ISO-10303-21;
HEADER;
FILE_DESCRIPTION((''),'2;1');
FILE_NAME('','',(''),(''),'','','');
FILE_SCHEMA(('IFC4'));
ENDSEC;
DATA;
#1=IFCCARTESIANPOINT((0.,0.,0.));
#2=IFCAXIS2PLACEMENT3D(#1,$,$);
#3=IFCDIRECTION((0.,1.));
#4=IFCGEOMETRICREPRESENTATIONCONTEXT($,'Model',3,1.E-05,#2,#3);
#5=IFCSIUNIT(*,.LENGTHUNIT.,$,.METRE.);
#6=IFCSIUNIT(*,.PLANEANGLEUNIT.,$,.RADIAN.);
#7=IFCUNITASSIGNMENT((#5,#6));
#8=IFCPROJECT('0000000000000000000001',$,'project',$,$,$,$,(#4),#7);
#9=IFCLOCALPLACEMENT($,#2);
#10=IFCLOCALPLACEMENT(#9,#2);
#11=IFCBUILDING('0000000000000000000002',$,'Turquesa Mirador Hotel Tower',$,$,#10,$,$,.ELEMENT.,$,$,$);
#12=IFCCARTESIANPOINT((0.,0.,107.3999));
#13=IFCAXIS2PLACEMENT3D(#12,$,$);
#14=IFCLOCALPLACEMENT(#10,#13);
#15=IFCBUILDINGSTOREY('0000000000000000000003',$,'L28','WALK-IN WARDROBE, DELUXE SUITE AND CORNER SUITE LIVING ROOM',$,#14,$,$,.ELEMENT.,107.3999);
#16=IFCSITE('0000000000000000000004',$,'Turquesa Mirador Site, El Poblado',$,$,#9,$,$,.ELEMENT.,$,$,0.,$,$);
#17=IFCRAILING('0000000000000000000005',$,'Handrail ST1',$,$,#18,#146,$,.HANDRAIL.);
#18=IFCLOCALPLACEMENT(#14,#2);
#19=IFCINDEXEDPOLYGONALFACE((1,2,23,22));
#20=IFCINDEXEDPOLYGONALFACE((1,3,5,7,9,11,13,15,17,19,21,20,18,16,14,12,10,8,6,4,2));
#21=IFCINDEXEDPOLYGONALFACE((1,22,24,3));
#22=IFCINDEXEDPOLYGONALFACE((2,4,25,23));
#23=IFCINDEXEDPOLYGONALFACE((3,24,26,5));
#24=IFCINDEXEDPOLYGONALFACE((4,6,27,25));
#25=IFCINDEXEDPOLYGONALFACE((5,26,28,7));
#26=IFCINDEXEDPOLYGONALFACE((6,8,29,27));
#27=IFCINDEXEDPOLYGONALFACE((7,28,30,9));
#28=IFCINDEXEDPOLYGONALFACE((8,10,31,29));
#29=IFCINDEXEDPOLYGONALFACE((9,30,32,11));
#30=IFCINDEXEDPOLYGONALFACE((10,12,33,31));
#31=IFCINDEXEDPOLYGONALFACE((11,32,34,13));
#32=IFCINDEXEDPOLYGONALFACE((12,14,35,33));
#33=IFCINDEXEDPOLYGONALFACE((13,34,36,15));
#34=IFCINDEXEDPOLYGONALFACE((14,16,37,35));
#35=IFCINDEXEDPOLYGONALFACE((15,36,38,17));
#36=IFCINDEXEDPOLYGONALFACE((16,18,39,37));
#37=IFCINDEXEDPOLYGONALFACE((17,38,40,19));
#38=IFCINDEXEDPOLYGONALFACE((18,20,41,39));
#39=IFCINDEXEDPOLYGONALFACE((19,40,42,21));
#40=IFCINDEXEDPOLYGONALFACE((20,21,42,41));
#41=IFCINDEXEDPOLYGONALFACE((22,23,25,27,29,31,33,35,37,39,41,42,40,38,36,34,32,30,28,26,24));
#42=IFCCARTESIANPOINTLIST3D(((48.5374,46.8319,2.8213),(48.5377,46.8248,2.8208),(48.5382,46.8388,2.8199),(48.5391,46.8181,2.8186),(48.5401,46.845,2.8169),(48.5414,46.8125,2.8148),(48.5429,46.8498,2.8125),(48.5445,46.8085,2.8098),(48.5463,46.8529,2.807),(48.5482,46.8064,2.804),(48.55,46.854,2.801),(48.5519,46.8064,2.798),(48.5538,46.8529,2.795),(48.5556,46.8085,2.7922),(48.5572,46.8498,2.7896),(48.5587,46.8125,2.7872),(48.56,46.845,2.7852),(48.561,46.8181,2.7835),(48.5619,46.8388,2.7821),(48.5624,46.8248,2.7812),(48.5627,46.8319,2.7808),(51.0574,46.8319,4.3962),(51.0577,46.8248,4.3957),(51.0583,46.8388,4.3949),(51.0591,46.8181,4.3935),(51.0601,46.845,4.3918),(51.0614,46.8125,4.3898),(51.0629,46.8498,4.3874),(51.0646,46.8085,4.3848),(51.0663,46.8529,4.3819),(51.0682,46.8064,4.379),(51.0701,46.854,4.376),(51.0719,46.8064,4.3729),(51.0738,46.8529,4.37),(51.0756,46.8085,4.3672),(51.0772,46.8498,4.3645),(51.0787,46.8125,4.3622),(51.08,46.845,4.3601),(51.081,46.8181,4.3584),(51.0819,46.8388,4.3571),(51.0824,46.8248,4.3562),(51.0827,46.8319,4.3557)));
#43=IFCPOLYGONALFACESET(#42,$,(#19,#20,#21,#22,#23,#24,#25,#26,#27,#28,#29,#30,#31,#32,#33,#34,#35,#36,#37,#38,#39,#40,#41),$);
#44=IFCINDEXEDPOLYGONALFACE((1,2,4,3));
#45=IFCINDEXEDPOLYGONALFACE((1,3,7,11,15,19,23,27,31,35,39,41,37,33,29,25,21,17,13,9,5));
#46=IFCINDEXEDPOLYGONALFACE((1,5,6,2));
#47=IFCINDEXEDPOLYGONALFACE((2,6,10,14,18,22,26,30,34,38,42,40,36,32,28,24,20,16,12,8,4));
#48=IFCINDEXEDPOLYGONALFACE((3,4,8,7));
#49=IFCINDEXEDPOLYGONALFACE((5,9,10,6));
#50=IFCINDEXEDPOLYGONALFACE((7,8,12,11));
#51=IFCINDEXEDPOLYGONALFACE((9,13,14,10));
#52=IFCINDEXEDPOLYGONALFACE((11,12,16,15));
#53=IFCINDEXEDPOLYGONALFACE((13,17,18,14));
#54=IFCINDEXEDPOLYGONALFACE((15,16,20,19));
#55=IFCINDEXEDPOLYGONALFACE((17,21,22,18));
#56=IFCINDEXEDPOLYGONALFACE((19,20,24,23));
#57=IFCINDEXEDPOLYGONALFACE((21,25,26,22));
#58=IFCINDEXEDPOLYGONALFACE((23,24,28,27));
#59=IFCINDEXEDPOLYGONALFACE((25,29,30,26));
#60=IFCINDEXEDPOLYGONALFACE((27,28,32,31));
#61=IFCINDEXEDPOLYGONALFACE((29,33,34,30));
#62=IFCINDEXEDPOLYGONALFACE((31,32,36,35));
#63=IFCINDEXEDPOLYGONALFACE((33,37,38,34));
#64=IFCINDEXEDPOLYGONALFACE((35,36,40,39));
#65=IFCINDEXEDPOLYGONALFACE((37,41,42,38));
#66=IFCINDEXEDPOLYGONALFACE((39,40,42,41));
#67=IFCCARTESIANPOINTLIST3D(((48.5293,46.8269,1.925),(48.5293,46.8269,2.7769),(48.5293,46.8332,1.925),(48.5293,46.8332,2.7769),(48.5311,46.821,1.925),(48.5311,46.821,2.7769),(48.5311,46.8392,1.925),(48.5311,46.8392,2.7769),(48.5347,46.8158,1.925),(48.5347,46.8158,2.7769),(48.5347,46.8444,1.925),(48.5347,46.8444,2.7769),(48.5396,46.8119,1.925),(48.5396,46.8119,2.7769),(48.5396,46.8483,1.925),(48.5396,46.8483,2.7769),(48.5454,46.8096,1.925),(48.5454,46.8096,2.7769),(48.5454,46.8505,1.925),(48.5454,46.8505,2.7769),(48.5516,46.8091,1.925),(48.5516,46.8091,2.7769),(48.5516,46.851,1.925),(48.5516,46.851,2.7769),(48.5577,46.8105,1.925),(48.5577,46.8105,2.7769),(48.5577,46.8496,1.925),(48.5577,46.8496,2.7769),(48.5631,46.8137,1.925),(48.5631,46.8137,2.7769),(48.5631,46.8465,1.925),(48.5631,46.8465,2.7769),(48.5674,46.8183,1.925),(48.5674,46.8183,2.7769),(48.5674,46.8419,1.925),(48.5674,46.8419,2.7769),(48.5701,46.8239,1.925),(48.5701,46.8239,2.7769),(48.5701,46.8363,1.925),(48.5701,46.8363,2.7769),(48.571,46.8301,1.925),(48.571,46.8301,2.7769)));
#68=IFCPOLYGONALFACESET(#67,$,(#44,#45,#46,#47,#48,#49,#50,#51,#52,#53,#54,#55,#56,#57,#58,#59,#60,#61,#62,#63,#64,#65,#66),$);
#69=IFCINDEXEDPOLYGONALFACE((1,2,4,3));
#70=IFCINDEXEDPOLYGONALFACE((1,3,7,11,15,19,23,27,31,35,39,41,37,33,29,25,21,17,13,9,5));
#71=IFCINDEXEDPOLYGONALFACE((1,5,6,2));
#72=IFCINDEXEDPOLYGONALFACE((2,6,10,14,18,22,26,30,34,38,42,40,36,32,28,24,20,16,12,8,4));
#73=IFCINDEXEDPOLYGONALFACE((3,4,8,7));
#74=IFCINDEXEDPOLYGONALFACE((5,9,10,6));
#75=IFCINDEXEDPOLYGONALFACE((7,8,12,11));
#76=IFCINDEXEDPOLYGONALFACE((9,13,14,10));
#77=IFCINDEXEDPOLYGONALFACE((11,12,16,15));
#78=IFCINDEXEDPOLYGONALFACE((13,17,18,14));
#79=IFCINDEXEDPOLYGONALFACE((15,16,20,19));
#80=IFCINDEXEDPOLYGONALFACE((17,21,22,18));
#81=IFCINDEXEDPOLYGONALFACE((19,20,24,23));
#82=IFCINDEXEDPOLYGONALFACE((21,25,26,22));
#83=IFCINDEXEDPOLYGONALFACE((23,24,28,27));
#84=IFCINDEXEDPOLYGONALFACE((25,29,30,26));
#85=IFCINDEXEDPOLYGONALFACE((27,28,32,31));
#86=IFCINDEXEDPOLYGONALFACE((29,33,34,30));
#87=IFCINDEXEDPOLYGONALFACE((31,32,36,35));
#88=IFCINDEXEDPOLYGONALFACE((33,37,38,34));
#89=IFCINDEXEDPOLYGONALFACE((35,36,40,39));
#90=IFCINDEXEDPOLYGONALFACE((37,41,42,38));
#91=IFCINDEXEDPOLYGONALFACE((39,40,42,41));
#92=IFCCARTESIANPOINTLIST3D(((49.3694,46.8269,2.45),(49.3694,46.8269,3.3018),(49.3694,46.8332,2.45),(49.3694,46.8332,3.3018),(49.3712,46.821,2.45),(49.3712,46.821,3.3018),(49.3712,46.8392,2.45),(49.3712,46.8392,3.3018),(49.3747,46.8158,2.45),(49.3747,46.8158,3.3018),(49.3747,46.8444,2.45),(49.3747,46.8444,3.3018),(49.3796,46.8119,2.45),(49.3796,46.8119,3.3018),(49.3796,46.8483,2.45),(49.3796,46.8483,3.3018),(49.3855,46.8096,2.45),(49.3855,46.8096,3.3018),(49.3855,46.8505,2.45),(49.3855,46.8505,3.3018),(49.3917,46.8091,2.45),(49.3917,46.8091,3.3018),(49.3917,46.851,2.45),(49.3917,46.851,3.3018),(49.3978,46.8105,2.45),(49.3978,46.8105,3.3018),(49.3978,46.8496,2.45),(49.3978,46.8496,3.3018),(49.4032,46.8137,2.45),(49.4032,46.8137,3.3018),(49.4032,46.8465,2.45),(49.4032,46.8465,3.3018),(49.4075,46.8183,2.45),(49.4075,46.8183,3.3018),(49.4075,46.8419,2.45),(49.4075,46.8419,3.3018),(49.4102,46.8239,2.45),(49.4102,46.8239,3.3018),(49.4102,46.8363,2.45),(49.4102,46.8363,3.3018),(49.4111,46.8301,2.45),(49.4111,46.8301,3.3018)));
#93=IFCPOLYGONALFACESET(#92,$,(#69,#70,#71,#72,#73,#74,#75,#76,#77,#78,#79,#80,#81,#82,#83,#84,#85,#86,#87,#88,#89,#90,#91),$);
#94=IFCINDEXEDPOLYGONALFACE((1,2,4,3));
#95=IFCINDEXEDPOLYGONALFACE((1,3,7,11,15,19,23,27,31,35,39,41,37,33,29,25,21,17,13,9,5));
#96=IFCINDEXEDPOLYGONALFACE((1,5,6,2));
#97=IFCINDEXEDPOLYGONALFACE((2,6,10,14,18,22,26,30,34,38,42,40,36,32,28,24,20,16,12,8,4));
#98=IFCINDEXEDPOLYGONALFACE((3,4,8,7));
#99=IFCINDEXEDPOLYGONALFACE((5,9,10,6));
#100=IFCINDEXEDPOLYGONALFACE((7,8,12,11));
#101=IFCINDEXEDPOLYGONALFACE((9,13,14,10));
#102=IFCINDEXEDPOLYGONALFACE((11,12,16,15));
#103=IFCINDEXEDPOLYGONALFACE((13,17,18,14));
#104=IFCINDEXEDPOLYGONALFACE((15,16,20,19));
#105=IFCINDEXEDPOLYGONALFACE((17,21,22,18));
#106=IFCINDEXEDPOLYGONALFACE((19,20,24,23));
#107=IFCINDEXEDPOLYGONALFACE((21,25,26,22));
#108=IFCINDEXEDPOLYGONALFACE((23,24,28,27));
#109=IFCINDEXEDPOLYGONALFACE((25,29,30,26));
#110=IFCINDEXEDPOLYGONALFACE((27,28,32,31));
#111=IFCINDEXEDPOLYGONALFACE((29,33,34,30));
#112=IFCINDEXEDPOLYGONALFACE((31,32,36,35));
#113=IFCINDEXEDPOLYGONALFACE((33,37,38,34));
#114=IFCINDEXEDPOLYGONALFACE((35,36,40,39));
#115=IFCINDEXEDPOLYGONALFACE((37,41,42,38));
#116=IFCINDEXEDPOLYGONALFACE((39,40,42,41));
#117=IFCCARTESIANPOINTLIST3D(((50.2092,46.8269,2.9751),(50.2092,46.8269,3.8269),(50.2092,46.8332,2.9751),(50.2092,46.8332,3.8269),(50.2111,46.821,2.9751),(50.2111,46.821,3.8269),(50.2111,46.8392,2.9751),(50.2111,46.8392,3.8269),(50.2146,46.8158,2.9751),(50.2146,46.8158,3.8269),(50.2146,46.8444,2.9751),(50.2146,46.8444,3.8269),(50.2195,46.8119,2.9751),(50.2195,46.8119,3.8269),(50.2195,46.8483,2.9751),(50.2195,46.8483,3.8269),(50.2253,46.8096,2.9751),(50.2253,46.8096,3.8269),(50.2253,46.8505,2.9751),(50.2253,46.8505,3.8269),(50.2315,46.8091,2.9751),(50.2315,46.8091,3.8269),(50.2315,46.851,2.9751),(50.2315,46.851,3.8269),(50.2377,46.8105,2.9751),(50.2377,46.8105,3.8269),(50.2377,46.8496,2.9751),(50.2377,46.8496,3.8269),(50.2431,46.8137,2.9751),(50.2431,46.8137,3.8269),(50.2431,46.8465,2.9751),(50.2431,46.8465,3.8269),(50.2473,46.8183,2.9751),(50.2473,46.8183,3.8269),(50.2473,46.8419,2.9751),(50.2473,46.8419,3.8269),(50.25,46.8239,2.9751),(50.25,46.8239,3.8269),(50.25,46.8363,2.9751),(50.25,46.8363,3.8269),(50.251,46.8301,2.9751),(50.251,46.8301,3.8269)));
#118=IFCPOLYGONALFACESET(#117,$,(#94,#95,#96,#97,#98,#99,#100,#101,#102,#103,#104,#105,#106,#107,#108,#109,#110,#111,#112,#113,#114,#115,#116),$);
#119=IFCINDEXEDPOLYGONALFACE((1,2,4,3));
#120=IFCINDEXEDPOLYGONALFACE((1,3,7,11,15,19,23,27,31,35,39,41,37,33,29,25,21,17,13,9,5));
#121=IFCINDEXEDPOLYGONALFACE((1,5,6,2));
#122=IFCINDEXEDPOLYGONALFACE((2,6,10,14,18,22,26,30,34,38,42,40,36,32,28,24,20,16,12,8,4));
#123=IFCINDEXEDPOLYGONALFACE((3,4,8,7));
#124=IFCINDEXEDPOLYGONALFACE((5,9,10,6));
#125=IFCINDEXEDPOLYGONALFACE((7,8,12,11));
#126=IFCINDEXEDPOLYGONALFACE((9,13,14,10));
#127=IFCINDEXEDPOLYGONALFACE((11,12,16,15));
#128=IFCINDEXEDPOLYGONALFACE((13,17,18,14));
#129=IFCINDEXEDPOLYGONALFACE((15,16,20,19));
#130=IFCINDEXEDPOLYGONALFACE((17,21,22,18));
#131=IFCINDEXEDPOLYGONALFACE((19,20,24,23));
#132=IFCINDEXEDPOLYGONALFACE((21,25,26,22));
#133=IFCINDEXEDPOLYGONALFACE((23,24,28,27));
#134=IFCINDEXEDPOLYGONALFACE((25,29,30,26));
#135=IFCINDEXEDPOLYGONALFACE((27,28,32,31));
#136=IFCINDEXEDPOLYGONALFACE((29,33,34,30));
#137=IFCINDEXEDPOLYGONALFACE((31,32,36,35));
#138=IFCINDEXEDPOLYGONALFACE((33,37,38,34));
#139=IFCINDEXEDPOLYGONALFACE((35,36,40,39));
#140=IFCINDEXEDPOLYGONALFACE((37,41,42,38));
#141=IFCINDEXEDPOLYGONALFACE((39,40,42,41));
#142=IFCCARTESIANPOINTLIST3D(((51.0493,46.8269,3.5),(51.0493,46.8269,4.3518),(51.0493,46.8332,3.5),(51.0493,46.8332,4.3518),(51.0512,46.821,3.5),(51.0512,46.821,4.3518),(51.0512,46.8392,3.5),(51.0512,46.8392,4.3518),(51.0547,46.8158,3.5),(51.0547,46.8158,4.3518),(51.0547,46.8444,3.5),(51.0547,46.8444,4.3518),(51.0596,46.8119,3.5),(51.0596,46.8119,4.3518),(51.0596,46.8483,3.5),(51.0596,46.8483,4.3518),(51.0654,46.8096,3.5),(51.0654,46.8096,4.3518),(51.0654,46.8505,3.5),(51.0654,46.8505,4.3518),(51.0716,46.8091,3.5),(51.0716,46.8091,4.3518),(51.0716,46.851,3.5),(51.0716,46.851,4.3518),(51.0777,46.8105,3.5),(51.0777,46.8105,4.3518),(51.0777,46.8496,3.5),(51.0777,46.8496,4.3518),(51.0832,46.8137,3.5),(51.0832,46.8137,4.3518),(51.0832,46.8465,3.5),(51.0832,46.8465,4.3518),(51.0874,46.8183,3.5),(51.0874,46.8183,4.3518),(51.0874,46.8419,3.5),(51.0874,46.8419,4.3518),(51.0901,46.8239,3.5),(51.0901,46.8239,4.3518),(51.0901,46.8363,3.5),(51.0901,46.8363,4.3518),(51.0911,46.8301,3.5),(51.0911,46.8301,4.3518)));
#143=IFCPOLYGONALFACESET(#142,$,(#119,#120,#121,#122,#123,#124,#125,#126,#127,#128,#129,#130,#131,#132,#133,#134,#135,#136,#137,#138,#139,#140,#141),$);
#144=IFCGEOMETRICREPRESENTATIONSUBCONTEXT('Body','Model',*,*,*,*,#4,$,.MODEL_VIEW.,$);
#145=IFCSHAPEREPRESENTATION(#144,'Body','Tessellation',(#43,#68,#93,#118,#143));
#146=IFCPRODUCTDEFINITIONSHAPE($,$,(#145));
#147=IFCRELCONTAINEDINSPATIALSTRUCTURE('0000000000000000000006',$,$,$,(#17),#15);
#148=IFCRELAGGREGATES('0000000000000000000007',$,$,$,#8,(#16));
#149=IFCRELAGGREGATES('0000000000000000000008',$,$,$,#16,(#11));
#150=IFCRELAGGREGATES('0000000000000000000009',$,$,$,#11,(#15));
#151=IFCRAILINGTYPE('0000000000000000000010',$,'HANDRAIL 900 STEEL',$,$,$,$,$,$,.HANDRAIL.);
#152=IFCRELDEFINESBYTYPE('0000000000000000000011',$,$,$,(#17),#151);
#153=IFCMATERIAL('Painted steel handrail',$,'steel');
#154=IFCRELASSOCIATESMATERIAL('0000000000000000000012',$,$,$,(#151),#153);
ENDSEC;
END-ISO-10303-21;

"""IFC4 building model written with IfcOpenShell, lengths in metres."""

from ifc_helpers import new_model, si_unit, direction, frame, origin, origin_2d, place, context, subcontext, project, spatial, circle, extrude, material, type_object, element, save


model = new_model("IFC4")

# Units and contexts
model_context = context("Model", 3, precision=1e-05, world=origin(), true_north=direction((0.0, 1.0)))
body_context = subcontext(model_context, "Body", "Model", "MODEL_VIEW")
ifc_project = project(units=[si_unit("LENGTHUNIT", "METRE"), si_unit("PLANEANGLEUNIT", "RADIAN")], contexts=[model_context])

# Site, building, storey
site_placement = place(None, origin())
site = spatial("IfcSite", under=ifc_project, at=site_placement, Name="Turquesa Mirador Site, El Poblado", CompositionType="ELEMENT", RefElevation=0.0)
building_placement = place(site_placement, origin())
building = spatial("IfcBuilding", under=site, at=building_placement, Name="Turquesa Mirador Hotel Tower", CompositionType="ELEMENT")
storey_placement = place(building_placement, frame((0.0, 0.0, 107.3999)))
storey = spatial("IfcBuildingStorey", under=building, at=storey_placement, Name="L28", Description="WALK-IN WARDROBE, DELUXE SUITE AND CORNER SUITE LIVING ROOM", CompositionType="ELEMENT", Elevation=107.3999)

# Railing
ifc_material_1 = material(Name="Painted steel handrail", Category="steel")
railing_type = type_object("IfcRailingType", Name="HANDRAIL 900 STEEL", PredefinedType="HANDRAIL", material=ifc_material_1)
for number, where, name in (
    (1, (48.55, 46.8301, 1.925), "Handrail ST1"),
):
    element("IfcRailing", number, at=place(storey_placement, frame(where)), inside=storey, type_object=railing_type, Name=name, PredefinedType="HANDRAIL", context=body_context, shape_type="SweptSolid", body=[
        extrude(circle(Radius=0.0239, at=origin_2d()), frame((0.0, 0.0, 0.876), z_axis=(0.848008, 0.0, 0.529984), x_axis=(0.0, 1.0, 0.0)), (0.0, 0.0, 1.0), 2.9717),
        extrude(circle(Radius=0.021, at=origin_2d()), origin(), (0.0, 0.0, 1.0), 0.8518),
        extrude(circle(Radius=0.021, at=origin_2d()), frame((0.8401, 0.0, 0.5249)), (0.0, 0.0, 1.0), 0.8518),
        extrude(circle(Radius=0.021, at=origin_2d()), frame((1.6799, 0.0, 1.05)), (0.0, 0.0, 1.0), 0.8518),
        extrude(circle(Radius=0.021, at=origin_2d()), frame((2.52, 0.0, 1.575)), (0.0, 0.0, 1.0), 0.8518),
    ])

save(model, "model.ifc")
